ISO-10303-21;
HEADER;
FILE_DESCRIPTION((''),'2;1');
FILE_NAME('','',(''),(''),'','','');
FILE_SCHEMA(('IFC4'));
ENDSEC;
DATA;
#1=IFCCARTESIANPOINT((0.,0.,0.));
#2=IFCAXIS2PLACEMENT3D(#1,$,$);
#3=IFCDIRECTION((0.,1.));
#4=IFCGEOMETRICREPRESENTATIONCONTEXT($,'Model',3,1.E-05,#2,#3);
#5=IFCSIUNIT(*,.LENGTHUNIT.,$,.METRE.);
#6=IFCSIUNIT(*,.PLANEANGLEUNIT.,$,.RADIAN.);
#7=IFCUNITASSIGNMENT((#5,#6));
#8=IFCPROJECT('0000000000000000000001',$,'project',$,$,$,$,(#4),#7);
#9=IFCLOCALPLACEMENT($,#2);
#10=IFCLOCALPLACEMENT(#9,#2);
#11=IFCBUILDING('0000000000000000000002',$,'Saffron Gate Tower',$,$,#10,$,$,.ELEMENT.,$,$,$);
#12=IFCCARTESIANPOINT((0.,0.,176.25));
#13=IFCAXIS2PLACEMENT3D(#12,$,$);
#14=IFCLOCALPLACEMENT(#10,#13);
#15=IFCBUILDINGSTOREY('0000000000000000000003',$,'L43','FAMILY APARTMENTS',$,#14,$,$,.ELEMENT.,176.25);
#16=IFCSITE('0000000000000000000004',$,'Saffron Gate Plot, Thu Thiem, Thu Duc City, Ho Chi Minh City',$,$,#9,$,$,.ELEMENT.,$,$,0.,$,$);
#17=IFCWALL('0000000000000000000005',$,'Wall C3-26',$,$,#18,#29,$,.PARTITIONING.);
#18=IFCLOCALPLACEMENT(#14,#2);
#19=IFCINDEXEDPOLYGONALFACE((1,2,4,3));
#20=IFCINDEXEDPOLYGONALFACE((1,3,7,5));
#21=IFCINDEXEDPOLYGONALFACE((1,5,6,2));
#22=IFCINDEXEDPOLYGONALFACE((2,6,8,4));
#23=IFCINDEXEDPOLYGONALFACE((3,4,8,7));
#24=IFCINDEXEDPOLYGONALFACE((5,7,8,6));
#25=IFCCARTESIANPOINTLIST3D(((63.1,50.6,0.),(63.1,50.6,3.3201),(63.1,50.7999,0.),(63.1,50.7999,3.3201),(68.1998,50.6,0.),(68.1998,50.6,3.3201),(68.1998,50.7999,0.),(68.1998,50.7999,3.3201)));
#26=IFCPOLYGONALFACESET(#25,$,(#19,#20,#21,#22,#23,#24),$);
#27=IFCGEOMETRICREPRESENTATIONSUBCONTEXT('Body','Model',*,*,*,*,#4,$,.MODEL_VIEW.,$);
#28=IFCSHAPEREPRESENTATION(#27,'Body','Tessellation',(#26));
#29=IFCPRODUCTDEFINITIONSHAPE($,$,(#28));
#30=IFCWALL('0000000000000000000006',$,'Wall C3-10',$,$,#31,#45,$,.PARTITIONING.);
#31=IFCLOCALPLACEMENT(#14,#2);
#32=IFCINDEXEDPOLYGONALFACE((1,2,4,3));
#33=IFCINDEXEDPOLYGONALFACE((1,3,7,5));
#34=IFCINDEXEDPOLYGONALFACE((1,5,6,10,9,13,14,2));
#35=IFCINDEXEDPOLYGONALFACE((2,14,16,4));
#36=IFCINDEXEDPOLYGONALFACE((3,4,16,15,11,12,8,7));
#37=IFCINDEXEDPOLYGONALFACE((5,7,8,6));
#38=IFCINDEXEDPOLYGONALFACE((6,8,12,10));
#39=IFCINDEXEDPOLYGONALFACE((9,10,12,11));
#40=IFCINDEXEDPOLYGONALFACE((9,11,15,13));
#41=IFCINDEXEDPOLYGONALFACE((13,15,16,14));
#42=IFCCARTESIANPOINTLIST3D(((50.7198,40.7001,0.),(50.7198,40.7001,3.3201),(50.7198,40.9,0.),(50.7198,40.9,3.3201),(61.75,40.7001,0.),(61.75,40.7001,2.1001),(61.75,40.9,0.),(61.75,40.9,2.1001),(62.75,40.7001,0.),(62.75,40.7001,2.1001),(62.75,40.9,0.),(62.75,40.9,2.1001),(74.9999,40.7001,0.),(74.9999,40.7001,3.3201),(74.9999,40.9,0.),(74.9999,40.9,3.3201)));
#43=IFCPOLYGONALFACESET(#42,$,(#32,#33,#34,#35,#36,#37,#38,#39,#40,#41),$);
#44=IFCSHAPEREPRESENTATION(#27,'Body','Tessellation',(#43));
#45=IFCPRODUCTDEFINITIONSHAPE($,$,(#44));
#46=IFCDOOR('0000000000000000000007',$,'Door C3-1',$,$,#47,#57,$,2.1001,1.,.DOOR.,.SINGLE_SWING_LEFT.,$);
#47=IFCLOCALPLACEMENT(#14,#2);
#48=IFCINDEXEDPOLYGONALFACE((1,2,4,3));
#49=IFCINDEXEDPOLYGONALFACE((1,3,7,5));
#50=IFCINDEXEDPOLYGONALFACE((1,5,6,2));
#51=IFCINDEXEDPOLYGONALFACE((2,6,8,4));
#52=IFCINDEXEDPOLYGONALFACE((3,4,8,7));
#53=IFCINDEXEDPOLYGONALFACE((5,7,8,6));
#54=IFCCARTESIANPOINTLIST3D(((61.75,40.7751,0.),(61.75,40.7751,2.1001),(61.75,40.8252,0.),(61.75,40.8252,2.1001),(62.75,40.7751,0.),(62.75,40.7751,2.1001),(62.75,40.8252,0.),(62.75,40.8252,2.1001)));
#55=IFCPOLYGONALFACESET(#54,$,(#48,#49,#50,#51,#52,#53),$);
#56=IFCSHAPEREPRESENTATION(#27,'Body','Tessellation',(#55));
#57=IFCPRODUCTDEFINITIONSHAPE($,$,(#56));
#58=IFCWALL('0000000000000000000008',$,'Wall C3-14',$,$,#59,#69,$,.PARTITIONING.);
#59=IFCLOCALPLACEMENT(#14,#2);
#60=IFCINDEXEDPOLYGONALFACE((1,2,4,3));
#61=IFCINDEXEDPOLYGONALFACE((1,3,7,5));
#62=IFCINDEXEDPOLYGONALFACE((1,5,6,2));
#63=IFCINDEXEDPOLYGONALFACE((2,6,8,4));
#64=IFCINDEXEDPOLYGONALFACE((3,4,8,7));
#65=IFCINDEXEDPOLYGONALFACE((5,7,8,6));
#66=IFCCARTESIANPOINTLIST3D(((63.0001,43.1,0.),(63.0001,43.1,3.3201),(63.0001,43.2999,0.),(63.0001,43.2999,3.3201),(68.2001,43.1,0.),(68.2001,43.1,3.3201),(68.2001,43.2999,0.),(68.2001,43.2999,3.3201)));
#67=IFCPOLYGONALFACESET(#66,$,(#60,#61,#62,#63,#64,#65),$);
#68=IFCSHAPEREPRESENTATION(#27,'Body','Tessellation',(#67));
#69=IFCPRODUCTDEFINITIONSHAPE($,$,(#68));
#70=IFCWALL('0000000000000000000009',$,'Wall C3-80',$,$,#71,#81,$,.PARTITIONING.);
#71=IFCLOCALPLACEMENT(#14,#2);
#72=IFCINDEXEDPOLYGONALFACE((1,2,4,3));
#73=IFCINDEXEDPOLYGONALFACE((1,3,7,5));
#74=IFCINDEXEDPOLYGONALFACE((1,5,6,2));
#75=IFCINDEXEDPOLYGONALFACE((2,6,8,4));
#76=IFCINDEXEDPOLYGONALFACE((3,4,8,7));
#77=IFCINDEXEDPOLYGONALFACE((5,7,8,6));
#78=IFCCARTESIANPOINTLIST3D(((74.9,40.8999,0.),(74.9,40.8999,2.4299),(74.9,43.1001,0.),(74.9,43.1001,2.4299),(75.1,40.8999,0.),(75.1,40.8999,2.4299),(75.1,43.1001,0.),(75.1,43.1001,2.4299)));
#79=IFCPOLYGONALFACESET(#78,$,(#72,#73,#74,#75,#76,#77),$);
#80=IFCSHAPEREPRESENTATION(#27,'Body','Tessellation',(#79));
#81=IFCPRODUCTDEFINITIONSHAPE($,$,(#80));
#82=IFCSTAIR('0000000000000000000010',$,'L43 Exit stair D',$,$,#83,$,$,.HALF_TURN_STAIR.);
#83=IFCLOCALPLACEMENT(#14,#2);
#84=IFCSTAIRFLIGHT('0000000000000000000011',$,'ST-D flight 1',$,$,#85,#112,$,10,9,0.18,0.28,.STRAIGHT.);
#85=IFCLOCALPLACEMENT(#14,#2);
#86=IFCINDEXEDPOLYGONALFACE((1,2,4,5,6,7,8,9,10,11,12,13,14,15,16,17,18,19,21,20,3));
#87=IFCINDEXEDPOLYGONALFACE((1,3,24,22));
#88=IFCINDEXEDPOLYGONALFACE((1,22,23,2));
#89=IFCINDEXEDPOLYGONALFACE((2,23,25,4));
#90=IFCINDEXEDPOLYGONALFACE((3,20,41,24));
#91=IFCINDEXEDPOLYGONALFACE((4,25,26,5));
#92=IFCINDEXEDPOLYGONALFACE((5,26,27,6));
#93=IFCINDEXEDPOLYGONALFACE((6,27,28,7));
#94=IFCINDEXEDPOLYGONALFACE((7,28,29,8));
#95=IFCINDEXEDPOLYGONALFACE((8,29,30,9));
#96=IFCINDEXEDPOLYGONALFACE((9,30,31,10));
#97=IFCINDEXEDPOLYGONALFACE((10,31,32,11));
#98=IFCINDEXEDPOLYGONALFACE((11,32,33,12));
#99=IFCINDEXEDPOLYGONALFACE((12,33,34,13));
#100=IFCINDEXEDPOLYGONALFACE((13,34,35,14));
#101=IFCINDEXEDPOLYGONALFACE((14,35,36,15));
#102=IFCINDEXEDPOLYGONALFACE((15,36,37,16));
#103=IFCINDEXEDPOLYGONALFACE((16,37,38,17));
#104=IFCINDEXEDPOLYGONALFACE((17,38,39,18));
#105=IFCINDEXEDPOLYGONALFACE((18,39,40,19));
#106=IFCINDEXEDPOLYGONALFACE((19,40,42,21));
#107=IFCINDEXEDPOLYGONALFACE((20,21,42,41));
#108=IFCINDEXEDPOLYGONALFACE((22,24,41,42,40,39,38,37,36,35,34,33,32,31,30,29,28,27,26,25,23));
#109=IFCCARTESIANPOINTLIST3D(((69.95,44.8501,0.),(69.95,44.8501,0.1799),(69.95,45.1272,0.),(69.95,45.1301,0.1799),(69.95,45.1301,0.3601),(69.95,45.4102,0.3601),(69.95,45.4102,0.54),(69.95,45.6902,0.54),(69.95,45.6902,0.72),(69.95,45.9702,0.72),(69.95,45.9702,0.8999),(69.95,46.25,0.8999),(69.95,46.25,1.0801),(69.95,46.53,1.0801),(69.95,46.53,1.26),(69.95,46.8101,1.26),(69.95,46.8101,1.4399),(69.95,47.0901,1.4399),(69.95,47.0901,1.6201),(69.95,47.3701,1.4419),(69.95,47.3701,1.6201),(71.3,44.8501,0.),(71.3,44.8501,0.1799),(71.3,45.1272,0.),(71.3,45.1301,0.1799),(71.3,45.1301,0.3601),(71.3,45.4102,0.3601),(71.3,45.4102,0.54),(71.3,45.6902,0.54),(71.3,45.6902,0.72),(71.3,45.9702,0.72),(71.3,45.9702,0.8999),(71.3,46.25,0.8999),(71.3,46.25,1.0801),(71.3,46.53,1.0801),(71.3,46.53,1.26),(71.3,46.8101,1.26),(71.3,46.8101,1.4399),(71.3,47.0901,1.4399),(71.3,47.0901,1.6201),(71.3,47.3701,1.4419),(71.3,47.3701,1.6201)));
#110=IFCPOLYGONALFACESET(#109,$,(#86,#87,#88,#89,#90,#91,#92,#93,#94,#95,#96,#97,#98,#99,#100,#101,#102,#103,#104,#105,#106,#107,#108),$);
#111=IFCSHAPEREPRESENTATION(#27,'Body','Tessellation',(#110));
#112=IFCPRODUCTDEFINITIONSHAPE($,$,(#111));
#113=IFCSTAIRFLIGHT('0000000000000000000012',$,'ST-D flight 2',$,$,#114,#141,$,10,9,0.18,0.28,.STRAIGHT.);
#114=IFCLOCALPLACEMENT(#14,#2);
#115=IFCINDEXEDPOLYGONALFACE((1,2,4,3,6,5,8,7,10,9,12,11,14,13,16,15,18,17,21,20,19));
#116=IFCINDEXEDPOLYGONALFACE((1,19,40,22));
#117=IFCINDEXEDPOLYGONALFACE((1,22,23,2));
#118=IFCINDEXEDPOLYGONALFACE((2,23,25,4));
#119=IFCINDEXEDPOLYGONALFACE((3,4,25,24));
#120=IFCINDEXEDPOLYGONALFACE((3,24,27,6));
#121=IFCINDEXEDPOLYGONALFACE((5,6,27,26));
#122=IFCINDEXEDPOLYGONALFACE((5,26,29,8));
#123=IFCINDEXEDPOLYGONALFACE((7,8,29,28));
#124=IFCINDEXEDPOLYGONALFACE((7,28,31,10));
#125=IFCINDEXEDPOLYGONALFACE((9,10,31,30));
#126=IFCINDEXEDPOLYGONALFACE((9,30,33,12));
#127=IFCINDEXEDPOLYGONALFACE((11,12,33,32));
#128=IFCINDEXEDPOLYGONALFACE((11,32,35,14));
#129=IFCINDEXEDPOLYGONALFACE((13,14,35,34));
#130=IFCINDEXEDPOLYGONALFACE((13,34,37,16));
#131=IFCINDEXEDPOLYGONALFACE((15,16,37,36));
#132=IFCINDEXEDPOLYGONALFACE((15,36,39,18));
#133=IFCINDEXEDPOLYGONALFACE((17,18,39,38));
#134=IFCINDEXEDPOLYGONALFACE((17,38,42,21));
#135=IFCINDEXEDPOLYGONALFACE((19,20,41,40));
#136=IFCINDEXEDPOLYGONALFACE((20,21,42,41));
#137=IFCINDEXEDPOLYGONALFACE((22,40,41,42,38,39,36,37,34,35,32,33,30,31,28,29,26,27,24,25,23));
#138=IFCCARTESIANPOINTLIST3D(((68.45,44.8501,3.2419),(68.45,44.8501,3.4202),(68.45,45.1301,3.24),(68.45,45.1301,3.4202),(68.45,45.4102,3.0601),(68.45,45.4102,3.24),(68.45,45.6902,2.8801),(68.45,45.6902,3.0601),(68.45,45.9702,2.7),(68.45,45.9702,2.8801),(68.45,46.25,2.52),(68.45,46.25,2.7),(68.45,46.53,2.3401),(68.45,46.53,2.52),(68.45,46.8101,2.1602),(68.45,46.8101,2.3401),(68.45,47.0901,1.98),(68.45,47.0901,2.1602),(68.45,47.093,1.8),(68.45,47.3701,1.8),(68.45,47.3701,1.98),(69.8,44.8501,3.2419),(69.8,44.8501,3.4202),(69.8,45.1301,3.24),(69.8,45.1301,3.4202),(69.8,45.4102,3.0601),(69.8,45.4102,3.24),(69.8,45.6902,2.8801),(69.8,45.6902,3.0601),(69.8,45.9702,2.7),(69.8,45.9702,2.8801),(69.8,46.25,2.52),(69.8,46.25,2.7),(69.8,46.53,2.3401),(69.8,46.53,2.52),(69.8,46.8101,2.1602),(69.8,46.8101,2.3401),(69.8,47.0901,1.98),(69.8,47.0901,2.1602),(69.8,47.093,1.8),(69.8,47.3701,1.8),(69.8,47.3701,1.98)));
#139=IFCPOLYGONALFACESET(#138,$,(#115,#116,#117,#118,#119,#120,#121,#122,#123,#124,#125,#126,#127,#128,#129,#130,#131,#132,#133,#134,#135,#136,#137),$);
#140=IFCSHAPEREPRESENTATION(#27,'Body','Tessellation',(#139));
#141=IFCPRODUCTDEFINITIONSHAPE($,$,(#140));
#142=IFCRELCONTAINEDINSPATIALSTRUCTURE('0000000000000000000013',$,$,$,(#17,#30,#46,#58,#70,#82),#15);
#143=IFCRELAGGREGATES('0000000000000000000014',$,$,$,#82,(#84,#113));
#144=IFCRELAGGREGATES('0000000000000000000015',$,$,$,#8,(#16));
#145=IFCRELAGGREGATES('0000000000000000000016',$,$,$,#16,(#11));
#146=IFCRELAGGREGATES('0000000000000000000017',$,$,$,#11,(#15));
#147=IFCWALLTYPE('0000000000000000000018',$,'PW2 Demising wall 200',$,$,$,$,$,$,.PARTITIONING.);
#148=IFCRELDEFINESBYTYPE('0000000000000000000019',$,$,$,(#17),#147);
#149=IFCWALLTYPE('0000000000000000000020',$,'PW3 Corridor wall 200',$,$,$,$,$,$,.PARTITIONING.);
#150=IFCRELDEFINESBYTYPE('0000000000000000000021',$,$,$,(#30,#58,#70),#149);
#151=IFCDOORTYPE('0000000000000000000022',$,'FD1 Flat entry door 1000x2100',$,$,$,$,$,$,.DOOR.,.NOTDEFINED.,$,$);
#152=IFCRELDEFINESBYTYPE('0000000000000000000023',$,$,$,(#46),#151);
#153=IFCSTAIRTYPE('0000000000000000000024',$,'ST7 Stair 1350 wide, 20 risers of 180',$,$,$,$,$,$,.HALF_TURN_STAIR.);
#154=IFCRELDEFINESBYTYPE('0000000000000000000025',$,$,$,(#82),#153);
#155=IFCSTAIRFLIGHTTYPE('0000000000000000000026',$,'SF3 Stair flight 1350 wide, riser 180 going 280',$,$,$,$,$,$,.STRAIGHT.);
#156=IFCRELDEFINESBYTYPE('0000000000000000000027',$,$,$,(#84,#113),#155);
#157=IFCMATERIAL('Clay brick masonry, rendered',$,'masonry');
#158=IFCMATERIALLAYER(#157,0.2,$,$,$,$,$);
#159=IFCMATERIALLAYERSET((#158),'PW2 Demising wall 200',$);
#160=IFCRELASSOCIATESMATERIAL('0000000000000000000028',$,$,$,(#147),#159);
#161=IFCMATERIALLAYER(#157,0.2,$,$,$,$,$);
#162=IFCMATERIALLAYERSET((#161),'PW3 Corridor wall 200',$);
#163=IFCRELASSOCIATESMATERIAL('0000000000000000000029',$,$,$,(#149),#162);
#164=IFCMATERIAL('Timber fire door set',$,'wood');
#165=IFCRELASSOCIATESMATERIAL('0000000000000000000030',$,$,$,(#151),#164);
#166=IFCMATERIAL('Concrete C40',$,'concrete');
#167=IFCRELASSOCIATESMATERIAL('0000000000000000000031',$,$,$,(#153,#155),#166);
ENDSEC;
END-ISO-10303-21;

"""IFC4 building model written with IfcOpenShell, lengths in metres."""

from ifc_helpers import new_model, si_unit, direction, frame, frame_2d, origin, place, context, subcontext, project, spatial, polyline, rectangle, outline, extrude, material, layer, layer_set, type_object, element, fill, aggregate, save


model = new_model("IFC4")

# Units and contexts
model_context = context("Model", 3, precision=1e-05, world=origin(), true_north=direction((0.0, 1.0)))
body_context = subcontext(model_context, "Body", "Model", "MODEL_VIEW")
ifc_project = project(units=[si_unit("LENGTHUNIT", "METRE"), si_unit("PLANEANGLEUNIT", "RADIAN")], contexts=[model_context])

# Site, building, storey
site_placement = place(None, origin())
site = spatial("IfcSite", under=ifc_project, at=site_placement, Name="Saffron Gate Plot, Thu Thiem, Thu Duc City, Ho Chi Minh City", CompositionType="ELEMENT", RefElevation=0.0)
building_placement = place(site_placement, origin())
building = spatial("IfcBuilding", under=site, at=building_placement, Name="Saffron Gate Tower", CompositionType="ELEMENT")
storey_placement = place(building_placement, frame((0.0, 0.0, 176.25)))
storey = spatial("IfcBuildingStorey", under=building, at=storey_placement, Name="L43", Description="FAMILY APARTMENTS", CompositionType="ELEMENT", Elevation=176.25)

# Wall
ifc_material_1 = material(Name="Clay brick masonry, rendered", Category="masonry")
ifc_layer_1 = layer(ifc_material_1, 0.2)
ifc_layer_set_1 = layer_set([ifc_layer_1], Name="PW2 Demising wall 200")
wall_type_1 = type_object("IfcWallType", Name="PW2 Demising wall 200", PredefinedType="PARTITIONING", material=ifc_layer_set_1)
wall_1_placement = place(storey_placement, frame((63.1001, 50.7, 0.0), z_axis=(0.0, 0.0, 1.0), x_axis=(1.0, 0.0, 0.0)))
element("IfcWall", 1, at=wall_1_placement, inside=storey, type_object=wall_type_1, Name="Wall C3-26", PredefinedType="PARTITIONING", context=body_context, shape_type="SweptSolid", body=[
    extrude(rectangle(XDim=5.0999, YDim=0.2, at=frame_2d((2.5498, 0.0))), origin(), (0.0, 0.0, 1.0), 3.3201),
])

# Wall, opening, door
ifc_layer_2 = layer(ifc_material_1, 0.2)
ifc_layer_set_2 = layer_set([ifc_layer_2], Name="PW3 Corridor wall 200")
wall_type_2 = type_object("IfcWallType", Name="PW3 Corridor wall 200", PredefinedType="PARTITIONING", material=ifc_layer_set_2)
wall_2_placement = place(storey_placement, frame((75.0, 40.8, 0.0), z_axis=(0.0, 0.0, 1.0), x_axis=(-1.0, 0.0, 0.0)))
wall_2 = element("IfcWall", 2, at=wall_2_placement, inside=storey, type_object=wall_type_2, Name="Wall C3-10", PredefinedType="PARTITIONING", context=body_context, shape_type="SweptSolid", body=[
    extrude(rectangle(XDim=24.28, YDim=0.2, at=frame_2d((12.1401, 0.0))), origin(), (0.0, 0.0, 1.0), 3.3201),
])
opening_1_placement = place(wall_2_placement, frame((12.25, 0.0, 0.0)))
opening_1 = element("IfcOpeningElement", 3, at=opening_1_placement, cuts=wall_2, PredefinedType="OPENING", context=body_context, shape_type="SweptSolid", body=[
    extrude(rectangle(XDim=1.0, YDim=2.1001, at=frame_2d((0.5, 1.05))), frame((0.0, 0.1099, 0.0), z_axis=(0.0, -1.0, 0.0), x_axis=(1.0, 0.0, 0.0)), (0.0, 0.0, 1.0), 0.22),
])
ifc_material_2 = material(Name="Timber fire door set", Category="wood")
door_type_1 = type_object("IfcDoorType", Name="FD1 Flat entry door 1000x2100", OperationType="NOTDEFINED", PredefinedType="DOOR", material=ifc_material_2)
door_1_placement = place(opening_1_placement, origin())
door_1 = element("IfcDoor", 4, at=door_1_placement, inside=storey, type_object=door_type_1, Name="Door C3-1", OperationType="SINGLE_SWING_LEFT", OverallHeight=2.1001, OverallWidth=1.0, PredefinedType="DOOR", context=body_context, shape_type="SweptSolid", body=[
    extrude(rectangle(XDim=1.0, YDim=2.1001, at=frame_2d((0.5, 1.05))), frame((0.0, 0.0249, 0.0), z_axis=(0.0, -1.0, 0.0), x_axis=(1.0, 0.0, 0.0)), (0.0, 0.0, 1.0), 0.05),
])
fill(opening_1, door_1)

# Walls
wall_3_placement = place(storey_placement, frame((63.0, 43.2, 0.0), z_axis=(0.0, 0.0, 1.0), x_axis=(1.0, 0.0, 0.0)))
element("IfcWall", 5, at=wall_3_placement, inside=storey, type_object=wall_type_2, Name="Wall C3-14", PredefinedType="PARTITIONING", context=body_context, shape_type="SweptSolid", body=[
    extrude(rectangle(XDim=5.2, YDim=0.2, at=frame_2d((2.6001, 0.0))), origin(), (0.0, 0.0, 1.0), 3.3201),
])
wall_4_placement = place(storey_placement, frame((75.0, 43.1001, 0.0), z_axis=(0.0, 0.0, 1.0), x_axis=(0.0, -1.0, 0.0)))
element("IfcWall", 6, at=wall_4_placement, inside=storey, type_object=wall_type_2, Name="Wall C3-80", PredefinedType="PARTITIONING", context=body_context, shape_type="SweptSolid", body=[
    extrude(rectangle(XDim=2.2002, YDim=0.2, at=frame_2d((1.1001, 0.0))), origin(), (0.0, 0.0, 1.0), 2.4299),
])

# Stair, stair flights
ifc_material_3 = material(Name="Concrete C40", Category="concrete")
stair_type = type_object("IfcStairType", Name="ST7 Stair 1350 wide, 20 risers of 180", PredefinedType="HALF_TURN_STAIR", material=ifc_material_3)
stair_placement = place(storey_placement, origin())
stair = element("IfcStair", 7, at=stair_placement, inside=storey, type_object=stair_type, Name="L43 Exit stair D", PredefinedType="HALF_TURN_STAIR")
stair_flight_type = type_object("IfcStairFlightType", Name="SF3 Stair flight 1350 wide, riser 180 going 280", PredefinedType="STRAIGHT", material=ifc_material_3)
stair_flight_1_placement = place(storey_placement, frame((70.625, 44.8501, 0.0), z_axis=(0.0, 0.0, 1.0), x_axis=(0.0, 1.0, 0.0)))
stair_flight_1 = element("IfcStairFlight", 8, at=stair_flight_1_placement, type_object=stair_flight_type, Name="ST-D flight 1", NumberOfRisers=10, NumberOfTreads=9, PredefinedType="STRAIGHT", RiserHeight=0.18, TreadLength=0.28, context=body_context, shape_type="SweptSolid", body=[
    extrude(outline(polyline([(0.0, 0.0), (0.0, 0.1799), (0.28, 0.1799), (0.28, 0.3601), (0.5601, 0.3601), (0.5601, 0.54), (0.8401, 0.54), (0.8401, 0.72), (1.1201, 0.72), (1.1201, 0.8999), (1.3999, 0.8999), (1.3999, 1.0801), (1.6799, 1.0801), (1.6799, 1.26), (1.96, 1.26), (1.96, 1.4399), (2.24, 1.4399), (2.24, 1.6201), (2.52, 1.6201), (2.52, 1.8), (2.52, 1.4419), (0.2771, 0.0), (0.0, 0.0)])), frame((0.0, 0.675, 0.0), z_axis=(0.0, -1.0, 0.0), x_axis=(1.0, 0.0, 0.0)), (0.0, 0.0, 1.0), 1.3501),
])
stair_flight_2_placement = place(storey_placement, frame((69.125, 47.3701, 1.8), z_axis=(0.0, 0.0, 1.0), x_axis=(0.0, -1.0, 0.0)))
stair_flight_2 = element("IfcStairFlight", 9, at=stair_flight_2_placement, type_object=stair_flight_type, Name="ST-D flight 2", NumberOfRisers=10, NumberOfTreads=9, PredefinedType="STRAIGHT", RiserHeight=0.18, TreadLength=0.28, context=body_context, shape_type="SweptSolid", body=[
    extrude(outline(polyline([(0.0, 0.0), (0.0, 0.1799), (0.28, 0.1799), (0.28, 0.3601), (0.5601, 0.3601), (0.5601, 0.54), (0.8401, 0.54), (0.8401, 0.72), (1.1201, 0.72), (1.1201, 0.8999), (1.3999, 0.8999), (1.3999, 1.0801), (1.6799, 1.0801), (1.6799, 1.26), (1.96, 1.26), (1.96, 1.4399), (2.24, 1.4399), (2.24, 1.6201), (2.52, 1.6201), (2.52, 1.8), (2.52, 1.4419), (0.2771, 0.0), (0.0, 0.0)])), frame((0.0, 0.675, 0.0), z_axis=(0.0, -1.0, 0.0), x_axis=(1.0, 0.0, 0.0)), (0.0, 0.0, 1.0), 1.3501),
])
aggregate(stair, [stair_flight_1, stair_flight_2])

save(model, "model.ifc")
